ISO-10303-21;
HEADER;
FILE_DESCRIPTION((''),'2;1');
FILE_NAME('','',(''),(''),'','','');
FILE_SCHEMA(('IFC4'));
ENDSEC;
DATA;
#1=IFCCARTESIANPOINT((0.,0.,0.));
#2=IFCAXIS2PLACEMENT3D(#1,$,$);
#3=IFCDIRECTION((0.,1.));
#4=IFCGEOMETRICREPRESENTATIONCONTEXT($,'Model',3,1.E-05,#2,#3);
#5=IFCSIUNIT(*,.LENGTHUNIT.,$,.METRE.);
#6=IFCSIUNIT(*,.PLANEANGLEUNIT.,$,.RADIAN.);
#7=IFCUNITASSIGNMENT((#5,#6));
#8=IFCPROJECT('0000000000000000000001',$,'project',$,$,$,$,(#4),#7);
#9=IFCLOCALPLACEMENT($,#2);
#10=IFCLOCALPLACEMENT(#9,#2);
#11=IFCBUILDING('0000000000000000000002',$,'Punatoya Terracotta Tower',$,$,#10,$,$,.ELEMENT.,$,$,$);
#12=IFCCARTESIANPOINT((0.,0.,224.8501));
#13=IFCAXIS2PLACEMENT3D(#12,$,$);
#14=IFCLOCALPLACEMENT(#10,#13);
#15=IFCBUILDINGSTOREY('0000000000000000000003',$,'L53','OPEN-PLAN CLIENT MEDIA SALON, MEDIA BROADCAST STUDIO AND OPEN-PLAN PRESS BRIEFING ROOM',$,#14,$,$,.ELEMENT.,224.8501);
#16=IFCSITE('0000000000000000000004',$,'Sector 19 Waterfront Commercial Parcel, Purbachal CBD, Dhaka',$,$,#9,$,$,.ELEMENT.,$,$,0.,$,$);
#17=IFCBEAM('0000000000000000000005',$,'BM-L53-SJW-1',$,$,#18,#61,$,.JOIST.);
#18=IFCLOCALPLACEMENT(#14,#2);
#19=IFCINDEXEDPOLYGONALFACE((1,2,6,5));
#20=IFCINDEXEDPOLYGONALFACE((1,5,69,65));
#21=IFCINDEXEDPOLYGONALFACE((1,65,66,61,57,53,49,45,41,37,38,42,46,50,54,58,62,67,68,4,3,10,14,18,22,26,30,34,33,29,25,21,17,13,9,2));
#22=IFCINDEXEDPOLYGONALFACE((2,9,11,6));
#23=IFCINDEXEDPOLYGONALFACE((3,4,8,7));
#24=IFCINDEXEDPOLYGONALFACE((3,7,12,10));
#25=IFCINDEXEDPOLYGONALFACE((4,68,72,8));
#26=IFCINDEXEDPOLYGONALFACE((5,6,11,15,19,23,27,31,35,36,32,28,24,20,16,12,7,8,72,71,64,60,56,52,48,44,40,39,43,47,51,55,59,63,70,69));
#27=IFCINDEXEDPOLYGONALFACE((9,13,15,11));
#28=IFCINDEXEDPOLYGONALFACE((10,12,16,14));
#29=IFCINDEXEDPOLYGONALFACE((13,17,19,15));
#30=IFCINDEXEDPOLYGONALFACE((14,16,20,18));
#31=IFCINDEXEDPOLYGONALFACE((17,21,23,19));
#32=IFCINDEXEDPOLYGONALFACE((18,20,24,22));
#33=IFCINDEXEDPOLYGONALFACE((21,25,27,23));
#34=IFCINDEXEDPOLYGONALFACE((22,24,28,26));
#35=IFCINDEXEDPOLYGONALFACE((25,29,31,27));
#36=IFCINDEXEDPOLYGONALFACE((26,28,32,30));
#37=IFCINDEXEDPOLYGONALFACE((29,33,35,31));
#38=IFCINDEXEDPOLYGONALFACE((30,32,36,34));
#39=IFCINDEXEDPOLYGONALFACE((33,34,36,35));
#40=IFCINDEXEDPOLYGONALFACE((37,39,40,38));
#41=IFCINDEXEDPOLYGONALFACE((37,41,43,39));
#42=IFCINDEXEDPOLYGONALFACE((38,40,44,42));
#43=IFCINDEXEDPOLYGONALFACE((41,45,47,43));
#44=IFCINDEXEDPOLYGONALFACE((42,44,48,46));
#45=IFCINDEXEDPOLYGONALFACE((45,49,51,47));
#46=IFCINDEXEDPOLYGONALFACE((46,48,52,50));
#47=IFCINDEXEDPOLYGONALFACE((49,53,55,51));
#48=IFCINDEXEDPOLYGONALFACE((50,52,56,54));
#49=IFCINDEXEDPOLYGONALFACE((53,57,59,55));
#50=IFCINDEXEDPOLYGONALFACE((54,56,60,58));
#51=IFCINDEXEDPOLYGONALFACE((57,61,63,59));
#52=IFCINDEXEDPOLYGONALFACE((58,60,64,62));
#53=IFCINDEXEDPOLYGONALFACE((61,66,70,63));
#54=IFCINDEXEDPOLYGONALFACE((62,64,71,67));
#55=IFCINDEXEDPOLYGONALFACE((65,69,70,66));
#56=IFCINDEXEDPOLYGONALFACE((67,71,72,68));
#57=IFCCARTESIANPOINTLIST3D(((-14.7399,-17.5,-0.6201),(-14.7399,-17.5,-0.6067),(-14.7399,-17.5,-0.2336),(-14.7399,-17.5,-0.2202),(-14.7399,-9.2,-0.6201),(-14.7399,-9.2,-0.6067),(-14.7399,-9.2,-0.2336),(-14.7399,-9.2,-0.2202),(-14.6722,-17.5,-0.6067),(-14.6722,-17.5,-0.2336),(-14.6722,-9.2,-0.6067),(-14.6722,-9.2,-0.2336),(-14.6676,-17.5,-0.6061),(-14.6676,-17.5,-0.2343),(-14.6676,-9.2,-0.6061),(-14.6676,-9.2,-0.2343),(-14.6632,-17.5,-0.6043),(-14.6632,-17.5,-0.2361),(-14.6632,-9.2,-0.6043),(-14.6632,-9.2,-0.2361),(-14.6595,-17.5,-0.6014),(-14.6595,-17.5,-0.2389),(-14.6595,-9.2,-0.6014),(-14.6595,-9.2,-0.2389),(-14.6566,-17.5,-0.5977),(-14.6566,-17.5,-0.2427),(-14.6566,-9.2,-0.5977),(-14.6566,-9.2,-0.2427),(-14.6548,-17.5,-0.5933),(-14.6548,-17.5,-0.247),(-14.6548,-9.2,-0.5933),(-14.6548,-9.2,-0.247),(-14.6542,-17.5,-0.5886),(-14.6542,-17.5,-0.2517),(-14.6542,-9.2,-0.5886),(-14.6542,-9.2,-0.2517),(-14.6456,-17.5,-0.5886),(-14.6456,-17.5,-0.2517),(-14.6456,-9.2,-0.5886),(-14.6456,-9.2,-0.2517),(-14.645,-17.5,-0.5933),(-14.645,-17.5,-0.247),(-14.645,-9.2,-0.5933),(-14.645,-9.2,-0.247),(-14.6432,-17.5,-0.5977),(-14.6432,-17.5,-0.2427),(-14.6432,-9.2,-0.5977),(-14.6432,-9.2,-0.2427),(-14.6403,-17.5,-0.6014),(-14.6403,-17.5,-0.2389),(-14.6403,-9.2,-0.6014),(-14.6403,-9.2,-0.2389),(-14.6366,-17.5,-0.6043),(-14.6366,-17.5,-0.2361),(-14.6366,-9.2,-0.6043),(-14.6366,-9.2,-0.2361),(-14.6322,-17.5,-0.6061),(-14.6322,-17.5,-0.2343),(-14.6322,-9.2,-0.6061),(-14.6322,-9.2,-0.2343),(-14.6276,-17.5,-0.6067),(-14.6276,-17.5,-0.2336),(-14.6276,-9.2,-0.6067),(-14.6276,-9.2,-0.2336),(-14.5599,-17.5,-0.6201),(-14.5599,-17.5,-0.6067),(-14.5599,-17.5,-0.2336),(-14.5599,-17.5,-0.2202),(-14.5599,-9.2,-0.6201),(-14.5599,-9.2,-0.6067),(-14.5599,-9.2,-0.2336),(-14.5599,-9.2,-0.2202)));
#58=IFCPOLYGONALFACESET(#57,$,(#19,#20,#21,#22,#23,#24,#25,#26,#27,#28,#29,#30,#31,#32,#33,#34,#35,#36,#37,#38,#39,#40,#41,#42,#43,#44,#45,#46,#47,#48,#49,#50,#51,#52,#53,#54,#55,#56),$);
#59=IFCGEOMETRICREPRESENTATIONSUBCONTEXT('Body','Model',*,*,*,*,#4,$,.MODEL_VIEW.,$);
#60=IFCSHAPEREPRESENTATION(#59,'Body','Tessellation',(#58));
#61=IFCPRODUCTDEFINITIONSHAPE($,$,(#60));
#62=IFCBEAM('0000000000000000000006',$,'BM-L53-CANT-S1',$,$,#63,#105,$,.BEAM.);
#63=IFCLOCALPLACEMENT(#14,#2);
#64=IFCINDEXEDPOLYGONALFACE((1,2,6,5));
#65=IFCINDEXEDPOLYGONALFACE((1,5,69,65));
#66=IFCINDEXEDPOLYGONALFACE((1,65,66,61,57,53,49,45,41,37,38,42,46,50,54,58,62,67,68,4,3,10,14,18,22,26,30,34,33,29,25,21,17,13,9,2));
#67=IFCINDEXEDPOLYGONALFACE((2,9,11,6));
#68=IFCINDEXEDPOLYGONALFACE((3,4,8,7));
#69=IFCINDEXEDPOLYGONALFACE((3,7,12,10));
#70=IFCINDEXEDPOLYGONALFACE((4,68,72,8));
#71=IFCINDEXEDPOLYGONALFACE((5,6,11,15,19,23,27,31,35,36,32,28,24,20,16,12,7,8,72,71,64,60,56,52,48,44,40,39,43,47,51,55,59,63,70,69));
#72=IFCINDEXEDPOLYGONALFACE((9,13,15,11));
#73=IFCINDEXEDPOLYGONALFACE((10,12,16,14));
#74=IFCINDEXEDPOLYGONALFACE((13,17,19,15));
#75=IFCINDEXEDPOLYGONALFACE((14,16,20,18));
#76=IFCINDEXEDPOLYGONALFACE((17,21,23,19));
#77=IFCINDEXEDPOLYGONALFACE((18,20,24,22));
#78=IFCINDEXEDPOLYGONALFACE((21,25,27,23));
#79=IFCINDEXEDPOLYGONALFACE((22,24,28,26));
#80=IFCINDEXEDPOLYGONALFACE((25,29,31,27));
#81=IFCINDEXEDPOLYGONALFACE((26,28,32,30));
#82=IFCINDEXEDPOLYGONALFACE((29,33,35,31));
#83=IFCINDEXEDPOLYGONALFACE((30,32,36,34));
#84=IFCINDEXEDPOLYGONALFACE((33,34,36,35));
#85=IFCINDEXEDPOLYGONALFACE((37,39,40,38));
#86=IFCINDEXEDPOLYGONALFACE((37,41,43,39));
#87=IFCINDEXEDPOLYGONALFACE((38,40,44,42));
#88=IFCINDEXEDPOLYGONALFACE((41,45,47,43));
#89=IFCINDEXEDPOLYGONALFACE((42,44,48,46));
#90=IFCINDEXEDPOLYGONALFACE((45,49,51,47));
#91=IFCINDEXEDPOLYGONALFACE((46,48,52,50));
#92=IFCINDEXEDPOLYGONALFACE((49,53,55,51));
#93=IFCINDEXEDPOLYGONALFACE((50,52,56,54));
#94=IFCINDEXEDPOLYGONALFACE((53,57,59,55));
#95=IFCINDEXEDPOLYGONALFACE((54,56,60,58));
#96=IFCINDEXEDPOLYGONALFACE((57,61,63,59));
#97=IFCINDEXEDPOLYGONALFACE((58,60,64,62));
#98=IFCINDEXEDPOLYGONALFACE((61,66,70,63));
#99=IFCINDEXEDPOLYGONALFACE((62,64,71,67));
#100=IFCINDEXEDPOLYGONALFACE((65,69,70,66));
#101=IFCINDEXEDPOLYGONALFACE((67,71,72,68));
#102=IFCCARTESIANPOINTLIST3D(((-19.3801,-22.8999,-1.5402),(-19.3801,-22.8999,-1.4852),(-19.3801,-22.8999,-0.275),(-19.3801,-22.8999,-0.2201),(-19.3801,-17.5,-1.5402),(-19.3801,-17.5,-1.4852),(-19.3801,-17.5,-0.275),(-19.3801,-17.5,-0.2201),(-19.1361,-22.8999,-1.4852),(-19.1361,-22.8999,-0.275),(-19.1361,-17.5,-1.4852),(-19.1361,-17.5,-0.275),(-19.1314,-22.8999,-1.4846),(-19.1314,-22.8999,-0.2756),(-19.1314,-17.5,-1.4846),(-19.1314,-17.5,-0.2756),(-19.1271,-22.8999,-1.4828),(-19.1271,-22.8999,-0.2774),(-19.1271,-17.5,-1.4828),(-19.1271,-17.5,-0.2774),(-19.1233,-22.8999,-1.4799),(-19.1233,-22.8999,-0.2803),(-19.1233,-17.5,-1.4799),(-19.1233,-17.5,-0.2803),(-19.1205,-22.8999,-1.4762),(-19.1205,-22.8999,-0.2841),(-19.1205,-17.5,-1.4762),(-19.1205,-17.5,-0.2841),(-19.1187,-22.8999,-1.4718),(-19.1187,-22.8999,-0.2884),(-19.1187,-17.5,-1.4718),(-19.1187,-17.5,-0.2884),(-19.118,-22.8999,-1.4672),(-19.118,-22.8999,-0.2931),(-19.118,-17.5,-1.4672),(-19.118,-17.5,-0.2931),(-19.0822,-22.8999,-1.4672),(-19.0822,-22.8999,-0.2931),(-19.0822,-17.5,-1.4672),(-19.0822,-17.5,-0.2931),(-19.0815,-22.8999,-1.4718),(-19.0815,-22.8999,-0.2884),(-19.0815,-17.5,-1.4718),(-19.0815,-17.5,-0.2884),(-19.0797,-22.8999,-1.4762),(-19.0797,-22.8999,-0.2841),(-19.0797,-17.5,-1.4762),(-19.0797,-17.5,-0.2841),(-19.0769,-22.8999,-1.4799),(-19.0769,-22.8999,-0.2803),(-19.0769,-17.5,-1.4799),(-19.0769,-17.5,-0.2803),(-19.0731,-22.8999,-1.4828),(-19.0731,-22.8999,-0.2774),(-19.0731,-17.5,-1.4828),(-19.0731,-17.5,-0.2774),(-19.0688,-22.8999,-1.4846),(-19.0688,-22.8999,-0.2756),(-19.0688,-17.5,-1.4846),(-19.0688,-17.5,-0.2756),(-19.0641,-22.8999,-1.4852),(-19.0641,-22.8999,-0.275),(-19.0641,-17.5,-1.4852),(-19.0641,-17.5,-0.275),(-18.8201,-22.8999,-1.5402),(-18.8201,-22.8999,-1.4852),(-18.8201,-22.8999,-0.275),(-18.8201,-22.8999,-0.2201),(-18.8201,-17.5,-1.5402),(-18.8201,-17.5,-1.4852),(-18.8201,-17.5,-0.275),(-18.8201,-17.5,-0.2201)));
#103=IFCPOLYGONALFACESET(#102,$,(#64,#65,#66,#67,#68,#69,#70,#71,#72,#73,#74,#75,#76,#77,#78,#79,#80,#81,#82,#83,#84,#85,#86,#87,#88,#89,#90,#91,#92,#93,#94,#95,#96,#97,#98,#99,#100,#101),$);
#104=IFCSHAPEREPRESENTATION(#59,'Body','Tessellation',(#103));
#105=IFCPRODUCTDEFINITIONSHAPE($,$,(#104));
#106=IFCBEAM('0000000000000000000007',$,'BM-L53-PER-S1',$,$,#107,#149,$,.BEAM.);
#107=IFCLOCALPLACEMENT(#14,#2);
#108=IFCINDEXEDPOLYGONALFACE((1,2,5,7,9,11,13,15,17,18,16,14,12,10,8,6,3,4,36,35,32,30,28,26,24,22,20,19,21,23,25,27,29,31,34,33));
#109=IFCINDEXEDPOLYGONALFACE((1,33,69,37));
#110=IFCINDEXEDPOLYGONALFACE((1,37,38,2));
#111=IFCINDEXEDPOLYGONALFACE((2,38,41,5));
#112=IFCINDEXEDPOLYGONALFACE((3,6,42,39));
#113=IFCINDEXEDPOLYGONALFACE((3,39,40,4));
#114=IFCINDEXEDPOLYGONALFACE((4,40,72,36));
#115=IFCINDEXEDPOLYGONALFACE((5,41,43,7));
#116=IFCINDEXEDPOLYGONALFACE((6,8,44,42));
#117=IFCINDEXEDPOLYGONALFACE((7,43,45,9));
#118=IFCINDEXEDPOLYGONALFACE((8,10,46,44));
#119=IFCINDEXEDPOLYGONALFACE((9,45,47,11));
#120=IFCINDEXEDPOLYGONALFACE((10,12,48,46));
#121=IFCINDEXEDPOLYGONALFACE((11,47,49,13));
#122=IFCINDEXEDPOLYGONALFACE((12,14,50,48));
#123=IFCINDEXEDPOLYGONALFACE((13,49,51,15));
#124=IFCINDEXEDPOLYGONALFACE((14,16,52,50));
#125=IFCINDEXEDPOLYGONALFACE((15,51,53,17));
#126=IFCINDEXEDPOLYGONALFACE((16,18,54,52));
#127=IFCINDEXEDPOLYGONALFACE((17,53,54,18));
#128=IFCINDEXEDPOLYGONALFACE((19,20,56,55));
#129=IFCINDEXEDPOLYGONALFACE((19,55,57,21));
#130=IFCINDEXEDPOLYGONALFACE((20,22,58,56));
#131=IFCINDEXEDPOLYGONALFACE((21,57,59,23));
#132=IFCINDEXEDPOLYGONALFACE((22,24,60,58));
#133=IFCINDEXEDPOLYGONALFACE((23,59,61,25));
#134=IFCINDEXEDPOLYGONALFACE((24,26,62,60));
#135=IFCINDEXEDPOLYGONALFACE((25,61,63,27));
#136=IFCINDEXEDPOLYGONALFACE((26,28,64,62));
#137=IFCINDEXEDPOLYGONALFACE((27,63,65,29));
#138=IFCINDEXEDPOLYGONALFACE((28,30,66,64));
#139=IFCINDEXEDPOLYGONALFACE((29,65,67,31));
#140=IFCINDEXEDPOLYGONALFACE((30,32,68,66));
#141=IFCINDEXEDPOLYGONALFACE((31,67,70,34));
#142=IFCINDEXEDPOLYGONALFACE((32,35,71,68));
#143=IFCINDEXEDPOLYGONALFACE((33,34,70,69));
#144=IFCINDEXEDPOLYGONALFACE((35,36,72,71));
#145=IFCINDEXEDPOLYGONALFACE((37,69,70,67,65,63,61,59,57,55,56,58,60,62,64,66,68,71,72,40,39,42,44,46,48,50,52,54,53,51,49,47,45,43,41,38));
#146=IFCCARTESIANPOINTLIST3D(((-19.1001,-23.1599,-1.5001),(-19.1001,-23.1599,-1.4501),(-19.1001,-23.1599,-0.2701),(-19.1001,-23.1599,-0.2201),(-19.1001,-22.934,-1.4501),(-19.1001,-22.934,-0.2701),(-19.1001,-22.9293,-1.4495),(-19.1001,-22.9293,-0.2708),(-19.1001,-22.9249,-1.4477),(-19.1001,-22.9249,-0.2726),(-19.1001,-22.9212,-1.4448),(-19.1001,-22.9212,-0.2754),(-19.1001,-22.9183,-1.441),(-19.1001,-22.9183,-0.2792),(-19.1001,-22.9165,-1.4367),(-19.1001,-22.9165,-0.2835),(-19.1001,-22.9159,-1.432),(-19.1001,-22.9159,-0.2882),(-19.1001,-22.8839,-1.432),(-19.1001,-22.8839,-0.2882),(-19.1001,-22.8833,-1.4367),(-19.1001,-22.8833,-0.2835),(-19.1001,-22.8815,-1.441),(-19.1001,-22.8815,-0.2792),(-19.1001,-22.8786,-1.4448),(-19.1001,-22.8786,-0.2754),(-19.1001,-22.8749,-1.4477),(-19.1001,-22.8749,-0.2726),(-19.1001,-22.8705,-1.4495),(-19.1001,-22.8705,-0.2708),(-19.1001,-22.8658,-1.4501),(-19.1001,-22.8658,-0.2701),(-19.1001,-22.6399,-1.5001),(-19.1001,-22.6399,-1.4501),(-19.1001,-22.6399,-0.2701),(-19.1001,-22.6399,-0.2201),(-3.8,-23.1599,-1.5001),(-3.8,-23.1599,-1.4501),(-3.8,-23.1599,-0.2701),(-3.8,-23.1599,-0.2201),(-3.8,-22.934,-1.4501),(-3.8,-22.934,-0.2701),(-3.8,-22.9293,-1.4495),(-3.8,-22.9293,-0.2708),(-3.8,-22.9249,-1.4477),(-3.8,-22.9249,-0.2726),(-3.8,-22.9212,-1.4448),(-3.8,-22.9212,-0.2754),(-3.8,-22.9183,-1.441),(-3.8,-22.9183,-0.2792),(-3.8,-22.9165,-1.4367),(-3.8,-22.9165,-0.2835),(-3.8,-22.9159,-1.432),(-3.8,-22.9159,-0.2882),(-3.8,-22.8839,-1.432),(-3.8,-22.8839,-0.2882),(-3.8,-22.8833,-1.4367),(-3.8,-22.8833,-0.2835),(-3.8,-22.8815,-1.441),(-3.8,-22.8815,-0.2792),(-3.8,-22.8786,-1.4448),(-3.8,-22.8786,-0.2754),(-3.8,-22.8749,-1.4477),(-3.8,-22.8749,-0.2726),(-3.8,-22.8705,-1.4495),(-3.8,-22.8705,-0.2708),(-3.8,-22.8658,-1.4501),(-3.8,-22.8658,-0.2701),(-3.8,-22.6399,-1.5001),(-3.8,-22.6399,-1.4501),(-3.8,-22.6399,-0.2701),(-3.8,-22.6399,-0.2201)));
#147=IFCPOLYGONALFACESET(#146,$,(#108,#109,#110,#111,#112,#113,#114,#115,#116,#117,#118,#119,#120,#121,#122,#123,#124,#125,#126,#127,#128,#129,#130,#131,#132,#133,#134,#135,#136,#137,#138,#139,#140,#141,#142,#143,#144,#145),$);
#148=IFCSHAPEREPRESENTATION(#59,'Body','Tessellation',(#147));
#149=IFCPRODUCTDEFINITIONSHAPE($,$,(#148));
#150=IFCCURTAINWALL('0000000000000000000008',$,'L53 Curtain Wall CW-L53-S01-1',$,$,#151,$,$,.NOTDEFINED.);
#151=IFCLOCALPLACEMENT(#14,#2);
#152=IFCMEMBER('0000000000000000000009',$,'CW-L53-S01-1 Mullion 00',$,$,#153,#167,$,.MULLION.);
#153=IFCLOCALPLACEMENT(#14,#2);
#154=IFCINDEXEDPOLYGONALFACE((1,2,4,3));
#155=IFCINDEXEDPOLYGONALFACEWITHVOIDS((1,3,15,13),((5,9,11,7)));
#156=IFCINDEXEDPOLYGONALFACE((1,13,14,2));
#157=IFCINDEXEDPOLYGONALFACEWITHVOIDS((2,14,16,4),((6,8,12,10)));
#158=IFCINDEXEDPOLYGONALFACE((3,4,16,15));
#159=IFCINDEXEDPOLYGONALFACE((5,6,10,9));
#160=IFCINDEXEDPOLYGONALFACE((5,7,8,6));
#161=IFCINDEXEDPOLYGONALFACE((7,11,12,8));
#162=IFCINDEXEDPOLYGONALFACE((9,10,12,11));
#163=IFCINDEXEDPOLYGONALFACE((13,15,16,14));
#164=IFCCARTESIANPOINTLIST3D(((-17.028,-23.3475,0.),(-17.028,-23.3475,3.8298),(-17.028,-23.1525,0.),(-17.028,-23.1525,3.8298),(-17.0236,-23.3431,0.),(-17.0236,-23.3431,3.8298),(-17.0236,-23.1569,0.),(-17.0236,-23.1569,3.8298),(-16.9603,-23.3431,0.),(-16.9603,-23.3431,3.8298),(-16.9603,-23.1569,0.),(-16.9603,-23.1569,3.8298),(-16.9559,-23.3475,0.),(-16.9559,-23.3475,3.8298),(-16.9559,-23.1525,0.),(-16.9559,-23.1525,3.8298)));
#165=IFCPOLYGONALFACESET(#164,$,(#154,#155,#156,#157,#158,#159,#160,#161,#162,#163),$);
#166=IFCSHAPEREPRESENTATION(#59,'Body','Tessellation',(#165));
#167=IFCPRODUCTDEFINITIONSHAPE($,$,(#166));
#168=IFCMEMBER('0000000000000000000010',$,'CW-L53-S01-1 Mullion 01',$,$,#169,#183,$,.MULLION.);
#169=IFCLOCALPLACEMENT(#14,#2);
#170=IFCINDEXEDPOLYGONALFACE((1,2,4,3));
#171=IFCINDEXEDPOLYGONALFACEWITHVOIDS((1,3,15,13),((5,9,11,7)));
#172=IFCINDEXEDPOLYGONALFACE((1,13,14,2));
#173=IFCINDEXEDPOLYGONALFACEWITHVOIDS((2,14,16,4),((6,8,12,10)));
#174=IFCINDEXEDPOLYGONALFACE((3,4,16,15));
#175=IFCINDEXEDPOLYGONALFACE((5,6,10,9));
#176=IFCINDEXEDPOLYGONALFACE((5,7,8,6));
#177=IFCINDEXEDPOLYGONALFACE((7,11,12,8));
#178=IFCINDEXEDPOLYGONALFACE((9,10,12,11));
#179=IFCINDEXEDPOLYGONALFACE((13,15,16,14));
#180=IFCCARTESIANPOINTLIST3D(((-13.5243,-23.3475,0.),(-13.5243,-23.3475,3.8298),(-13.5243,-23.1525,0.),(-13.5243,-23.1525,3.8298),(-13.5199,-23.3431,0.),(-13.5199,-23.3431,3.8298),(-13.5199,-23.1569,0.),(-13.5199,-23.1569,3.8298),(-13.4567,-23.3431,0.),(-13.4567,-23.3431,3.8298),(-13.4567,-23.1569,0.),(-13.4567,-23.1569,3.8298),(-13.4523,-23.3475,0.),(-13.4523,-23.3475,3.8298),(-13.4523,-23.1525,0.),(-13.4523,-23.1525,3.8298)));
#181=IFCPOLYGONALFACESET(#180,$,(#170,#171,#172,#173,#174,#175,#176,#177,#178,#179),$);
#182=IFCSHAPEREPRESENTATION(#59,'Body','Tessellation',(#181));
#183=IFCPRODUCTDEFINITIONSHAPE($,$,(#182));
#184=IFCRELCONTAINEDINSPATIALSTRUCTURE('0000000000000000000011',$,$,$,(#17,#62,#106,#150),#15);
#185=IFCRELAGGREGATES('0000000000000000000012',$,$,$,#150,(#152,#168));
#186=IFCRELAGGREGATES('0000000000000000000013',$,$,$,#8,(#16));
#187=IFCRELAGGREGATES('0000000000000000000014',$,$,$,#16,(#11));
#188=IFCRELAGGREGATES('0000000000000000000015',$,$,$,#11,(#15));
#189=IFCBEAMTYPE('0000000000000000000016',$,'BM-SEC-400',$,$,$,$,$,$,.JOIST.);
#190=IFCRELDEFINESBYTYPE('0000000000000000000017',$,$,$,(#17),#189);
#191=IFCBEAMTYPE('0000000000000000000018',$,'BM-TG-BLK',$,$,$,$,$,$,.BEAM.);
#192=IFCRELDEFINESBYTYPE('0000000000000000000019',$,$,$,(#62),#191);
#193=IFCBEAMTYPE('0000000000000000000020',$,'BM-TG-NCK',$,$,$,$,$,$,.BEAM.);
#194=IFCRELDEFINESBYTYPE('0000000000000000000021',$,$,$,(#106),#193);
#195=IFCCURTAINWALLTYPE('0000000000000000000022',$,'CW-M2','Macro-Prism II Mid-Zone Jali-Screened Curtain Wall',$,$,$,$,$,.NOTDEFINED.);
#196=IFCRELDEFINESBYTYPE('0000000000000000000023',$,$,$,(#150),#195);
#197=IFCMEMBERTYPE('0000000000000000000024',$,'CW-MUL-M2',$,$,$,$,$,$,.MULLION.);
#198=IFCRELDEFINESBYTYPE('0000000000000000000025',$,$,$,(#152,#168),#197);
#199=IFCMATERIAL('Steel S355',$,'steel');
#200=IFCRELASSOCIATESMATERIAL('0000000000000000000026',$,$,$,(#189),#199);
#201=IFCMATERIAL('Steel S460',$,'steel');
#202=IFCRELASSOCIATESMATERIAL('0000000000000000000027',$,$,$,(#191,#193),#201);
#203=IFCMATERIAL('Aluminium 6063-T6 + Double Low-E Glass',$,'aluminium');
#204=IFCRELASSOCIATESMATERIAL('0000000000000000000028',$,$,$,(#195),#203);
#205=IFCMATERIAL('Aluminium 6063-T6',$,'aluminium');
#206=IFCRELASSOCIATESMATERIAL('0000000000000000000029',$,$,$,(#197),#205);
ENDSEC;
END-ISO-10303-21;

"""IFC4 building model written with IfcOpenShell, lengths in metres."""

from ifc_helpers import new_model, si_unit, direction, frame, origin, origin_2d, place, context, subcontext, project, spatial, hollow_rectangle, i_section, extrude, material, material_profile, profile_set, type_object, element, aggregate, save


model = new_model("IFC4")

# Units and contexts
model_context = context("Model", 3, precision=1e-05, world=origin(), true_north=direction((0.0, 1.0)))
body_context = subcontext(model_context, "Body", "Model", "MODEL_VIEW")
ifc_project = project(units=[si_unit("LENGTHUNIT", "METRE"), si_unit("PLANEANGLEUNIT", "RADIAN")], contexts=[model_context])

# Site, building, storey
site_placement = place(None, origin())
site = spatial("IfcSite", under=ifc_project, at=site_placement, Name="Sector 19 Waterfront Commercial Parcel, Purbachal CBD, Dhaka", CompositionType="ELEMENT", RefElevation=0.0)
building_placement = place(site_placement, origin())
building = spatial("IfcBuilding", under=site, at=building_placement, Name="Punatoya Terracotta Tower", CompositionType="ELEMENT")
storey_placement = place(building_placement, frame((0.0, 0.0, 224.8501)))
storey = spatial("IfcBuildingStorey", under=building, at=storey_placement, Name="L53", Description="OPEN-PLAN CLIENT MEDIA SALON, MEDIA BROADCAST STUDIO AND OPEN-PLAN PRESS BRIEFING ROOM", CompositionType="ELEMENT", Elevation=224.8501)

# Shared definitions
ifc_material_1 = material(Name="Steel S460", Category="steel")

# Beams
ifc_material_2 = material(Name="Steel S355", Category="steel")
ifc_material_profile_1 = material_profile(ifc_material_2, i_section(OverallWidth=0.1799, OverallDepth=0.3999, WebThickness=0.0085, FlangeThickness=0.0134, FilletRadius=0.0181, at=origin_2d()))
ifc_profile_set_1 = profile_set([ifc_material_profile_1], Name="Steel S355")
beam_type_1 = type_object("IfcBeamType", Name="BM-SEC-400", PredefinedType="JOIST", material=ifc_profile_set_1)
beam_1_placement = place(storey_placement, frame((-14.6499, -17.5, -0.4202), z_axis=(0.0, 1.0, 0.0), x_axis=(-1.0, 0.0, 0.0)))
element("IfcBeam", 1, at=beam_1_placement, inside=storey, type_object=beam_type_1, Name="BM-L53-SJW-1", PredefinedType="JOIST", context=body_context, shape_type="SweptSolid", body=[
    extrude(i_section(OverallWidth=0.1799, OverallDepth=0.3999, WebThickness=0.0085, FlangeThickness=0.0134, FilletRadius=0.0181, at=origin_2d()), origin(), (0.0, 0.0, 1.0), 8.3),
])
ifc_material_profile_2 = material_profile(ifc_material_1, i_section(OverallWidth=0.5601, OverallDepth=1.3201, WebThickness=0.0359, FlangeThickness=0.0549, FilletRadius=0.0181, at=origin_2d()))
ifc_profile_set_2 = profile_set([ifc_material_profile_2], Name="Steel S460")
beam_type_2 = type_object("IfcBeamType", Name="BM-TG-BLK", PredefinedType="BEAM", material=ifc_profile_set_2)
beam_2_placement = place(storey_placement, frame((-19.1001, -22.8999, -0.8801), z_axis=(0.0, 1.0, 0.0), x_axis=(-1.0, 0.0, 0.0)))
element("IfcBeam", 2, at=beam_2_placement, inside=storey, type_object=beam_type_2, Name="BM-L53-CANT-S1", PredefinedType="BEAM", context=body_context, shape_type="SweptSolid", body=[
    extrude(i_section(OverallWidth=0.5601, OverallDepth=1.3201, WebThickness=0.0359, FlangeThickness=0.0549, FilletRadius=0.0181, at=origin_2d()), origin(), (0.0, 0.0, 1.0), 5.3999),
])
ifc_material_profile_3 = material_profile(ifc_material_1, i_section(OverallWidth=0.52, OverallDepth=1.28, WebThickness=0.032, FlangeThickness=0.05, FilletRadius=0.0181, at=origin_2d()))
ifc_profile_set_3 = profile_set([ifc_material_profile_3], Name="Steel S460")
beam_type_3 = type_object("IfcBeamType", Name="BM-TG-NCK", PredefinedType="BEAM", material=ifc_profile_set_3)
beam_3_placement = place(storey_placement, frame((-19.1001, -22.8999, -0.8601), z_axis=(1.0, 0.0, 0.0), x_axis=(0.0, 1.0, 0.0)))
element("IfcBeam", 3, at=beam_3_placement, inside=storey, type_object=beam_type_3, Name="BM-L53-PER-S1", PredefinedType="BEAM", context=body_context, shape_type="SweptSolid", body=[
    extrude(i_section(OverallWidth=0.52, OverallDepth=1.28, WebThickness=0.032, FlangeThickness=0.05, FilletRadius=0.0181, at=origin_2d()), origin(), (0.0, 0.0, 1.0), 15.3),
])

# Curtain wall, members
ifc_material_3 = material(Name="Aluminium 6063-T6 + Double Low-E Glass", Category="aluminium")
curtain_wall_type = type_object("IfcCurtainWallType", Name="CW-M2", Description="Macro-Prism II Mid-Zone Jali-Screened Curtain Wall", PredefinedType="NOTDEFINED", material=ifc_material_3)
curtain_wall_1_placement = place(storey_placement, origin())
curtain_wall_1 = element("IfcCurtainWall", 4, at=curtain_wall_1_placement, inside=storey, type_object=curtain_wall_type, Name="L53 Curtain Wall CW-L53-S01-1", PredefinedType="NOTDEFINED")
ifc_material_4 = material(Name="Aluminium 6063-T6", Category="aluminium")
ifc_material_profile_4 = material_profile(ifc_material_4, hollow_rectangle(XDim=0.072, YDim=0.1951, WallThickness=0.0044, at=origin_2d()))
ifc_profile_set_4 = profile_set([ifc_material_profile_4], Name="Aluminium 6063-T6")
member_type_1 = type_object("IfcMemberType", Name="CW-MUL-M2", PredefinedType="MULLION", material=ifc_profile_set_4)
member_1_placement = place(storey_placement, frame((-16.9919, -23.25, 0.0), z_axis=(0.0, 0.0, 1.0), x_axis=(1.0, 0.0, 0.0)))
member_1 = element("IfcMember", 5, at=member_1_placement, type_object=member_type_1, Name="CW-L53-S01-1 Mullion 00", PredefinedType="MULLION", context=body_context, shape_type="SweptSolid", body=[
    extrude(hollow_rectangle(XDim=0.072, YDim=0.1951, WallThickness=0.0044, at=origin_2d()), origin(), (0.0, 0.0, 1.0), 3.8298),
])
member_2_placement = place(storey_placement, frame((-13.4883, -23.25, 0.0), z_axis=(0.0, 0.0, 1.0), x_axis=(1.0, 0.0, 0.0)))
member_2 = element("IfcMember", 6, at=member_2_placement, type_object=member_type_1, Name="CW-L53-S01-1 Mullion 01", PredefinedType="MULLION", context=body_context, shape_type="SweptSolid", body=[
    extrude(hollow_rectangle(XDim=0.072, YDim=0.1951, WallThickness=0.0044, at=origin_2d()), origin(), (0.0, 0.0, 1.0), 3.8298),
])

aggregate(curtain_wall_1, [member_1, member_2])

save(model, "model.ifc")
